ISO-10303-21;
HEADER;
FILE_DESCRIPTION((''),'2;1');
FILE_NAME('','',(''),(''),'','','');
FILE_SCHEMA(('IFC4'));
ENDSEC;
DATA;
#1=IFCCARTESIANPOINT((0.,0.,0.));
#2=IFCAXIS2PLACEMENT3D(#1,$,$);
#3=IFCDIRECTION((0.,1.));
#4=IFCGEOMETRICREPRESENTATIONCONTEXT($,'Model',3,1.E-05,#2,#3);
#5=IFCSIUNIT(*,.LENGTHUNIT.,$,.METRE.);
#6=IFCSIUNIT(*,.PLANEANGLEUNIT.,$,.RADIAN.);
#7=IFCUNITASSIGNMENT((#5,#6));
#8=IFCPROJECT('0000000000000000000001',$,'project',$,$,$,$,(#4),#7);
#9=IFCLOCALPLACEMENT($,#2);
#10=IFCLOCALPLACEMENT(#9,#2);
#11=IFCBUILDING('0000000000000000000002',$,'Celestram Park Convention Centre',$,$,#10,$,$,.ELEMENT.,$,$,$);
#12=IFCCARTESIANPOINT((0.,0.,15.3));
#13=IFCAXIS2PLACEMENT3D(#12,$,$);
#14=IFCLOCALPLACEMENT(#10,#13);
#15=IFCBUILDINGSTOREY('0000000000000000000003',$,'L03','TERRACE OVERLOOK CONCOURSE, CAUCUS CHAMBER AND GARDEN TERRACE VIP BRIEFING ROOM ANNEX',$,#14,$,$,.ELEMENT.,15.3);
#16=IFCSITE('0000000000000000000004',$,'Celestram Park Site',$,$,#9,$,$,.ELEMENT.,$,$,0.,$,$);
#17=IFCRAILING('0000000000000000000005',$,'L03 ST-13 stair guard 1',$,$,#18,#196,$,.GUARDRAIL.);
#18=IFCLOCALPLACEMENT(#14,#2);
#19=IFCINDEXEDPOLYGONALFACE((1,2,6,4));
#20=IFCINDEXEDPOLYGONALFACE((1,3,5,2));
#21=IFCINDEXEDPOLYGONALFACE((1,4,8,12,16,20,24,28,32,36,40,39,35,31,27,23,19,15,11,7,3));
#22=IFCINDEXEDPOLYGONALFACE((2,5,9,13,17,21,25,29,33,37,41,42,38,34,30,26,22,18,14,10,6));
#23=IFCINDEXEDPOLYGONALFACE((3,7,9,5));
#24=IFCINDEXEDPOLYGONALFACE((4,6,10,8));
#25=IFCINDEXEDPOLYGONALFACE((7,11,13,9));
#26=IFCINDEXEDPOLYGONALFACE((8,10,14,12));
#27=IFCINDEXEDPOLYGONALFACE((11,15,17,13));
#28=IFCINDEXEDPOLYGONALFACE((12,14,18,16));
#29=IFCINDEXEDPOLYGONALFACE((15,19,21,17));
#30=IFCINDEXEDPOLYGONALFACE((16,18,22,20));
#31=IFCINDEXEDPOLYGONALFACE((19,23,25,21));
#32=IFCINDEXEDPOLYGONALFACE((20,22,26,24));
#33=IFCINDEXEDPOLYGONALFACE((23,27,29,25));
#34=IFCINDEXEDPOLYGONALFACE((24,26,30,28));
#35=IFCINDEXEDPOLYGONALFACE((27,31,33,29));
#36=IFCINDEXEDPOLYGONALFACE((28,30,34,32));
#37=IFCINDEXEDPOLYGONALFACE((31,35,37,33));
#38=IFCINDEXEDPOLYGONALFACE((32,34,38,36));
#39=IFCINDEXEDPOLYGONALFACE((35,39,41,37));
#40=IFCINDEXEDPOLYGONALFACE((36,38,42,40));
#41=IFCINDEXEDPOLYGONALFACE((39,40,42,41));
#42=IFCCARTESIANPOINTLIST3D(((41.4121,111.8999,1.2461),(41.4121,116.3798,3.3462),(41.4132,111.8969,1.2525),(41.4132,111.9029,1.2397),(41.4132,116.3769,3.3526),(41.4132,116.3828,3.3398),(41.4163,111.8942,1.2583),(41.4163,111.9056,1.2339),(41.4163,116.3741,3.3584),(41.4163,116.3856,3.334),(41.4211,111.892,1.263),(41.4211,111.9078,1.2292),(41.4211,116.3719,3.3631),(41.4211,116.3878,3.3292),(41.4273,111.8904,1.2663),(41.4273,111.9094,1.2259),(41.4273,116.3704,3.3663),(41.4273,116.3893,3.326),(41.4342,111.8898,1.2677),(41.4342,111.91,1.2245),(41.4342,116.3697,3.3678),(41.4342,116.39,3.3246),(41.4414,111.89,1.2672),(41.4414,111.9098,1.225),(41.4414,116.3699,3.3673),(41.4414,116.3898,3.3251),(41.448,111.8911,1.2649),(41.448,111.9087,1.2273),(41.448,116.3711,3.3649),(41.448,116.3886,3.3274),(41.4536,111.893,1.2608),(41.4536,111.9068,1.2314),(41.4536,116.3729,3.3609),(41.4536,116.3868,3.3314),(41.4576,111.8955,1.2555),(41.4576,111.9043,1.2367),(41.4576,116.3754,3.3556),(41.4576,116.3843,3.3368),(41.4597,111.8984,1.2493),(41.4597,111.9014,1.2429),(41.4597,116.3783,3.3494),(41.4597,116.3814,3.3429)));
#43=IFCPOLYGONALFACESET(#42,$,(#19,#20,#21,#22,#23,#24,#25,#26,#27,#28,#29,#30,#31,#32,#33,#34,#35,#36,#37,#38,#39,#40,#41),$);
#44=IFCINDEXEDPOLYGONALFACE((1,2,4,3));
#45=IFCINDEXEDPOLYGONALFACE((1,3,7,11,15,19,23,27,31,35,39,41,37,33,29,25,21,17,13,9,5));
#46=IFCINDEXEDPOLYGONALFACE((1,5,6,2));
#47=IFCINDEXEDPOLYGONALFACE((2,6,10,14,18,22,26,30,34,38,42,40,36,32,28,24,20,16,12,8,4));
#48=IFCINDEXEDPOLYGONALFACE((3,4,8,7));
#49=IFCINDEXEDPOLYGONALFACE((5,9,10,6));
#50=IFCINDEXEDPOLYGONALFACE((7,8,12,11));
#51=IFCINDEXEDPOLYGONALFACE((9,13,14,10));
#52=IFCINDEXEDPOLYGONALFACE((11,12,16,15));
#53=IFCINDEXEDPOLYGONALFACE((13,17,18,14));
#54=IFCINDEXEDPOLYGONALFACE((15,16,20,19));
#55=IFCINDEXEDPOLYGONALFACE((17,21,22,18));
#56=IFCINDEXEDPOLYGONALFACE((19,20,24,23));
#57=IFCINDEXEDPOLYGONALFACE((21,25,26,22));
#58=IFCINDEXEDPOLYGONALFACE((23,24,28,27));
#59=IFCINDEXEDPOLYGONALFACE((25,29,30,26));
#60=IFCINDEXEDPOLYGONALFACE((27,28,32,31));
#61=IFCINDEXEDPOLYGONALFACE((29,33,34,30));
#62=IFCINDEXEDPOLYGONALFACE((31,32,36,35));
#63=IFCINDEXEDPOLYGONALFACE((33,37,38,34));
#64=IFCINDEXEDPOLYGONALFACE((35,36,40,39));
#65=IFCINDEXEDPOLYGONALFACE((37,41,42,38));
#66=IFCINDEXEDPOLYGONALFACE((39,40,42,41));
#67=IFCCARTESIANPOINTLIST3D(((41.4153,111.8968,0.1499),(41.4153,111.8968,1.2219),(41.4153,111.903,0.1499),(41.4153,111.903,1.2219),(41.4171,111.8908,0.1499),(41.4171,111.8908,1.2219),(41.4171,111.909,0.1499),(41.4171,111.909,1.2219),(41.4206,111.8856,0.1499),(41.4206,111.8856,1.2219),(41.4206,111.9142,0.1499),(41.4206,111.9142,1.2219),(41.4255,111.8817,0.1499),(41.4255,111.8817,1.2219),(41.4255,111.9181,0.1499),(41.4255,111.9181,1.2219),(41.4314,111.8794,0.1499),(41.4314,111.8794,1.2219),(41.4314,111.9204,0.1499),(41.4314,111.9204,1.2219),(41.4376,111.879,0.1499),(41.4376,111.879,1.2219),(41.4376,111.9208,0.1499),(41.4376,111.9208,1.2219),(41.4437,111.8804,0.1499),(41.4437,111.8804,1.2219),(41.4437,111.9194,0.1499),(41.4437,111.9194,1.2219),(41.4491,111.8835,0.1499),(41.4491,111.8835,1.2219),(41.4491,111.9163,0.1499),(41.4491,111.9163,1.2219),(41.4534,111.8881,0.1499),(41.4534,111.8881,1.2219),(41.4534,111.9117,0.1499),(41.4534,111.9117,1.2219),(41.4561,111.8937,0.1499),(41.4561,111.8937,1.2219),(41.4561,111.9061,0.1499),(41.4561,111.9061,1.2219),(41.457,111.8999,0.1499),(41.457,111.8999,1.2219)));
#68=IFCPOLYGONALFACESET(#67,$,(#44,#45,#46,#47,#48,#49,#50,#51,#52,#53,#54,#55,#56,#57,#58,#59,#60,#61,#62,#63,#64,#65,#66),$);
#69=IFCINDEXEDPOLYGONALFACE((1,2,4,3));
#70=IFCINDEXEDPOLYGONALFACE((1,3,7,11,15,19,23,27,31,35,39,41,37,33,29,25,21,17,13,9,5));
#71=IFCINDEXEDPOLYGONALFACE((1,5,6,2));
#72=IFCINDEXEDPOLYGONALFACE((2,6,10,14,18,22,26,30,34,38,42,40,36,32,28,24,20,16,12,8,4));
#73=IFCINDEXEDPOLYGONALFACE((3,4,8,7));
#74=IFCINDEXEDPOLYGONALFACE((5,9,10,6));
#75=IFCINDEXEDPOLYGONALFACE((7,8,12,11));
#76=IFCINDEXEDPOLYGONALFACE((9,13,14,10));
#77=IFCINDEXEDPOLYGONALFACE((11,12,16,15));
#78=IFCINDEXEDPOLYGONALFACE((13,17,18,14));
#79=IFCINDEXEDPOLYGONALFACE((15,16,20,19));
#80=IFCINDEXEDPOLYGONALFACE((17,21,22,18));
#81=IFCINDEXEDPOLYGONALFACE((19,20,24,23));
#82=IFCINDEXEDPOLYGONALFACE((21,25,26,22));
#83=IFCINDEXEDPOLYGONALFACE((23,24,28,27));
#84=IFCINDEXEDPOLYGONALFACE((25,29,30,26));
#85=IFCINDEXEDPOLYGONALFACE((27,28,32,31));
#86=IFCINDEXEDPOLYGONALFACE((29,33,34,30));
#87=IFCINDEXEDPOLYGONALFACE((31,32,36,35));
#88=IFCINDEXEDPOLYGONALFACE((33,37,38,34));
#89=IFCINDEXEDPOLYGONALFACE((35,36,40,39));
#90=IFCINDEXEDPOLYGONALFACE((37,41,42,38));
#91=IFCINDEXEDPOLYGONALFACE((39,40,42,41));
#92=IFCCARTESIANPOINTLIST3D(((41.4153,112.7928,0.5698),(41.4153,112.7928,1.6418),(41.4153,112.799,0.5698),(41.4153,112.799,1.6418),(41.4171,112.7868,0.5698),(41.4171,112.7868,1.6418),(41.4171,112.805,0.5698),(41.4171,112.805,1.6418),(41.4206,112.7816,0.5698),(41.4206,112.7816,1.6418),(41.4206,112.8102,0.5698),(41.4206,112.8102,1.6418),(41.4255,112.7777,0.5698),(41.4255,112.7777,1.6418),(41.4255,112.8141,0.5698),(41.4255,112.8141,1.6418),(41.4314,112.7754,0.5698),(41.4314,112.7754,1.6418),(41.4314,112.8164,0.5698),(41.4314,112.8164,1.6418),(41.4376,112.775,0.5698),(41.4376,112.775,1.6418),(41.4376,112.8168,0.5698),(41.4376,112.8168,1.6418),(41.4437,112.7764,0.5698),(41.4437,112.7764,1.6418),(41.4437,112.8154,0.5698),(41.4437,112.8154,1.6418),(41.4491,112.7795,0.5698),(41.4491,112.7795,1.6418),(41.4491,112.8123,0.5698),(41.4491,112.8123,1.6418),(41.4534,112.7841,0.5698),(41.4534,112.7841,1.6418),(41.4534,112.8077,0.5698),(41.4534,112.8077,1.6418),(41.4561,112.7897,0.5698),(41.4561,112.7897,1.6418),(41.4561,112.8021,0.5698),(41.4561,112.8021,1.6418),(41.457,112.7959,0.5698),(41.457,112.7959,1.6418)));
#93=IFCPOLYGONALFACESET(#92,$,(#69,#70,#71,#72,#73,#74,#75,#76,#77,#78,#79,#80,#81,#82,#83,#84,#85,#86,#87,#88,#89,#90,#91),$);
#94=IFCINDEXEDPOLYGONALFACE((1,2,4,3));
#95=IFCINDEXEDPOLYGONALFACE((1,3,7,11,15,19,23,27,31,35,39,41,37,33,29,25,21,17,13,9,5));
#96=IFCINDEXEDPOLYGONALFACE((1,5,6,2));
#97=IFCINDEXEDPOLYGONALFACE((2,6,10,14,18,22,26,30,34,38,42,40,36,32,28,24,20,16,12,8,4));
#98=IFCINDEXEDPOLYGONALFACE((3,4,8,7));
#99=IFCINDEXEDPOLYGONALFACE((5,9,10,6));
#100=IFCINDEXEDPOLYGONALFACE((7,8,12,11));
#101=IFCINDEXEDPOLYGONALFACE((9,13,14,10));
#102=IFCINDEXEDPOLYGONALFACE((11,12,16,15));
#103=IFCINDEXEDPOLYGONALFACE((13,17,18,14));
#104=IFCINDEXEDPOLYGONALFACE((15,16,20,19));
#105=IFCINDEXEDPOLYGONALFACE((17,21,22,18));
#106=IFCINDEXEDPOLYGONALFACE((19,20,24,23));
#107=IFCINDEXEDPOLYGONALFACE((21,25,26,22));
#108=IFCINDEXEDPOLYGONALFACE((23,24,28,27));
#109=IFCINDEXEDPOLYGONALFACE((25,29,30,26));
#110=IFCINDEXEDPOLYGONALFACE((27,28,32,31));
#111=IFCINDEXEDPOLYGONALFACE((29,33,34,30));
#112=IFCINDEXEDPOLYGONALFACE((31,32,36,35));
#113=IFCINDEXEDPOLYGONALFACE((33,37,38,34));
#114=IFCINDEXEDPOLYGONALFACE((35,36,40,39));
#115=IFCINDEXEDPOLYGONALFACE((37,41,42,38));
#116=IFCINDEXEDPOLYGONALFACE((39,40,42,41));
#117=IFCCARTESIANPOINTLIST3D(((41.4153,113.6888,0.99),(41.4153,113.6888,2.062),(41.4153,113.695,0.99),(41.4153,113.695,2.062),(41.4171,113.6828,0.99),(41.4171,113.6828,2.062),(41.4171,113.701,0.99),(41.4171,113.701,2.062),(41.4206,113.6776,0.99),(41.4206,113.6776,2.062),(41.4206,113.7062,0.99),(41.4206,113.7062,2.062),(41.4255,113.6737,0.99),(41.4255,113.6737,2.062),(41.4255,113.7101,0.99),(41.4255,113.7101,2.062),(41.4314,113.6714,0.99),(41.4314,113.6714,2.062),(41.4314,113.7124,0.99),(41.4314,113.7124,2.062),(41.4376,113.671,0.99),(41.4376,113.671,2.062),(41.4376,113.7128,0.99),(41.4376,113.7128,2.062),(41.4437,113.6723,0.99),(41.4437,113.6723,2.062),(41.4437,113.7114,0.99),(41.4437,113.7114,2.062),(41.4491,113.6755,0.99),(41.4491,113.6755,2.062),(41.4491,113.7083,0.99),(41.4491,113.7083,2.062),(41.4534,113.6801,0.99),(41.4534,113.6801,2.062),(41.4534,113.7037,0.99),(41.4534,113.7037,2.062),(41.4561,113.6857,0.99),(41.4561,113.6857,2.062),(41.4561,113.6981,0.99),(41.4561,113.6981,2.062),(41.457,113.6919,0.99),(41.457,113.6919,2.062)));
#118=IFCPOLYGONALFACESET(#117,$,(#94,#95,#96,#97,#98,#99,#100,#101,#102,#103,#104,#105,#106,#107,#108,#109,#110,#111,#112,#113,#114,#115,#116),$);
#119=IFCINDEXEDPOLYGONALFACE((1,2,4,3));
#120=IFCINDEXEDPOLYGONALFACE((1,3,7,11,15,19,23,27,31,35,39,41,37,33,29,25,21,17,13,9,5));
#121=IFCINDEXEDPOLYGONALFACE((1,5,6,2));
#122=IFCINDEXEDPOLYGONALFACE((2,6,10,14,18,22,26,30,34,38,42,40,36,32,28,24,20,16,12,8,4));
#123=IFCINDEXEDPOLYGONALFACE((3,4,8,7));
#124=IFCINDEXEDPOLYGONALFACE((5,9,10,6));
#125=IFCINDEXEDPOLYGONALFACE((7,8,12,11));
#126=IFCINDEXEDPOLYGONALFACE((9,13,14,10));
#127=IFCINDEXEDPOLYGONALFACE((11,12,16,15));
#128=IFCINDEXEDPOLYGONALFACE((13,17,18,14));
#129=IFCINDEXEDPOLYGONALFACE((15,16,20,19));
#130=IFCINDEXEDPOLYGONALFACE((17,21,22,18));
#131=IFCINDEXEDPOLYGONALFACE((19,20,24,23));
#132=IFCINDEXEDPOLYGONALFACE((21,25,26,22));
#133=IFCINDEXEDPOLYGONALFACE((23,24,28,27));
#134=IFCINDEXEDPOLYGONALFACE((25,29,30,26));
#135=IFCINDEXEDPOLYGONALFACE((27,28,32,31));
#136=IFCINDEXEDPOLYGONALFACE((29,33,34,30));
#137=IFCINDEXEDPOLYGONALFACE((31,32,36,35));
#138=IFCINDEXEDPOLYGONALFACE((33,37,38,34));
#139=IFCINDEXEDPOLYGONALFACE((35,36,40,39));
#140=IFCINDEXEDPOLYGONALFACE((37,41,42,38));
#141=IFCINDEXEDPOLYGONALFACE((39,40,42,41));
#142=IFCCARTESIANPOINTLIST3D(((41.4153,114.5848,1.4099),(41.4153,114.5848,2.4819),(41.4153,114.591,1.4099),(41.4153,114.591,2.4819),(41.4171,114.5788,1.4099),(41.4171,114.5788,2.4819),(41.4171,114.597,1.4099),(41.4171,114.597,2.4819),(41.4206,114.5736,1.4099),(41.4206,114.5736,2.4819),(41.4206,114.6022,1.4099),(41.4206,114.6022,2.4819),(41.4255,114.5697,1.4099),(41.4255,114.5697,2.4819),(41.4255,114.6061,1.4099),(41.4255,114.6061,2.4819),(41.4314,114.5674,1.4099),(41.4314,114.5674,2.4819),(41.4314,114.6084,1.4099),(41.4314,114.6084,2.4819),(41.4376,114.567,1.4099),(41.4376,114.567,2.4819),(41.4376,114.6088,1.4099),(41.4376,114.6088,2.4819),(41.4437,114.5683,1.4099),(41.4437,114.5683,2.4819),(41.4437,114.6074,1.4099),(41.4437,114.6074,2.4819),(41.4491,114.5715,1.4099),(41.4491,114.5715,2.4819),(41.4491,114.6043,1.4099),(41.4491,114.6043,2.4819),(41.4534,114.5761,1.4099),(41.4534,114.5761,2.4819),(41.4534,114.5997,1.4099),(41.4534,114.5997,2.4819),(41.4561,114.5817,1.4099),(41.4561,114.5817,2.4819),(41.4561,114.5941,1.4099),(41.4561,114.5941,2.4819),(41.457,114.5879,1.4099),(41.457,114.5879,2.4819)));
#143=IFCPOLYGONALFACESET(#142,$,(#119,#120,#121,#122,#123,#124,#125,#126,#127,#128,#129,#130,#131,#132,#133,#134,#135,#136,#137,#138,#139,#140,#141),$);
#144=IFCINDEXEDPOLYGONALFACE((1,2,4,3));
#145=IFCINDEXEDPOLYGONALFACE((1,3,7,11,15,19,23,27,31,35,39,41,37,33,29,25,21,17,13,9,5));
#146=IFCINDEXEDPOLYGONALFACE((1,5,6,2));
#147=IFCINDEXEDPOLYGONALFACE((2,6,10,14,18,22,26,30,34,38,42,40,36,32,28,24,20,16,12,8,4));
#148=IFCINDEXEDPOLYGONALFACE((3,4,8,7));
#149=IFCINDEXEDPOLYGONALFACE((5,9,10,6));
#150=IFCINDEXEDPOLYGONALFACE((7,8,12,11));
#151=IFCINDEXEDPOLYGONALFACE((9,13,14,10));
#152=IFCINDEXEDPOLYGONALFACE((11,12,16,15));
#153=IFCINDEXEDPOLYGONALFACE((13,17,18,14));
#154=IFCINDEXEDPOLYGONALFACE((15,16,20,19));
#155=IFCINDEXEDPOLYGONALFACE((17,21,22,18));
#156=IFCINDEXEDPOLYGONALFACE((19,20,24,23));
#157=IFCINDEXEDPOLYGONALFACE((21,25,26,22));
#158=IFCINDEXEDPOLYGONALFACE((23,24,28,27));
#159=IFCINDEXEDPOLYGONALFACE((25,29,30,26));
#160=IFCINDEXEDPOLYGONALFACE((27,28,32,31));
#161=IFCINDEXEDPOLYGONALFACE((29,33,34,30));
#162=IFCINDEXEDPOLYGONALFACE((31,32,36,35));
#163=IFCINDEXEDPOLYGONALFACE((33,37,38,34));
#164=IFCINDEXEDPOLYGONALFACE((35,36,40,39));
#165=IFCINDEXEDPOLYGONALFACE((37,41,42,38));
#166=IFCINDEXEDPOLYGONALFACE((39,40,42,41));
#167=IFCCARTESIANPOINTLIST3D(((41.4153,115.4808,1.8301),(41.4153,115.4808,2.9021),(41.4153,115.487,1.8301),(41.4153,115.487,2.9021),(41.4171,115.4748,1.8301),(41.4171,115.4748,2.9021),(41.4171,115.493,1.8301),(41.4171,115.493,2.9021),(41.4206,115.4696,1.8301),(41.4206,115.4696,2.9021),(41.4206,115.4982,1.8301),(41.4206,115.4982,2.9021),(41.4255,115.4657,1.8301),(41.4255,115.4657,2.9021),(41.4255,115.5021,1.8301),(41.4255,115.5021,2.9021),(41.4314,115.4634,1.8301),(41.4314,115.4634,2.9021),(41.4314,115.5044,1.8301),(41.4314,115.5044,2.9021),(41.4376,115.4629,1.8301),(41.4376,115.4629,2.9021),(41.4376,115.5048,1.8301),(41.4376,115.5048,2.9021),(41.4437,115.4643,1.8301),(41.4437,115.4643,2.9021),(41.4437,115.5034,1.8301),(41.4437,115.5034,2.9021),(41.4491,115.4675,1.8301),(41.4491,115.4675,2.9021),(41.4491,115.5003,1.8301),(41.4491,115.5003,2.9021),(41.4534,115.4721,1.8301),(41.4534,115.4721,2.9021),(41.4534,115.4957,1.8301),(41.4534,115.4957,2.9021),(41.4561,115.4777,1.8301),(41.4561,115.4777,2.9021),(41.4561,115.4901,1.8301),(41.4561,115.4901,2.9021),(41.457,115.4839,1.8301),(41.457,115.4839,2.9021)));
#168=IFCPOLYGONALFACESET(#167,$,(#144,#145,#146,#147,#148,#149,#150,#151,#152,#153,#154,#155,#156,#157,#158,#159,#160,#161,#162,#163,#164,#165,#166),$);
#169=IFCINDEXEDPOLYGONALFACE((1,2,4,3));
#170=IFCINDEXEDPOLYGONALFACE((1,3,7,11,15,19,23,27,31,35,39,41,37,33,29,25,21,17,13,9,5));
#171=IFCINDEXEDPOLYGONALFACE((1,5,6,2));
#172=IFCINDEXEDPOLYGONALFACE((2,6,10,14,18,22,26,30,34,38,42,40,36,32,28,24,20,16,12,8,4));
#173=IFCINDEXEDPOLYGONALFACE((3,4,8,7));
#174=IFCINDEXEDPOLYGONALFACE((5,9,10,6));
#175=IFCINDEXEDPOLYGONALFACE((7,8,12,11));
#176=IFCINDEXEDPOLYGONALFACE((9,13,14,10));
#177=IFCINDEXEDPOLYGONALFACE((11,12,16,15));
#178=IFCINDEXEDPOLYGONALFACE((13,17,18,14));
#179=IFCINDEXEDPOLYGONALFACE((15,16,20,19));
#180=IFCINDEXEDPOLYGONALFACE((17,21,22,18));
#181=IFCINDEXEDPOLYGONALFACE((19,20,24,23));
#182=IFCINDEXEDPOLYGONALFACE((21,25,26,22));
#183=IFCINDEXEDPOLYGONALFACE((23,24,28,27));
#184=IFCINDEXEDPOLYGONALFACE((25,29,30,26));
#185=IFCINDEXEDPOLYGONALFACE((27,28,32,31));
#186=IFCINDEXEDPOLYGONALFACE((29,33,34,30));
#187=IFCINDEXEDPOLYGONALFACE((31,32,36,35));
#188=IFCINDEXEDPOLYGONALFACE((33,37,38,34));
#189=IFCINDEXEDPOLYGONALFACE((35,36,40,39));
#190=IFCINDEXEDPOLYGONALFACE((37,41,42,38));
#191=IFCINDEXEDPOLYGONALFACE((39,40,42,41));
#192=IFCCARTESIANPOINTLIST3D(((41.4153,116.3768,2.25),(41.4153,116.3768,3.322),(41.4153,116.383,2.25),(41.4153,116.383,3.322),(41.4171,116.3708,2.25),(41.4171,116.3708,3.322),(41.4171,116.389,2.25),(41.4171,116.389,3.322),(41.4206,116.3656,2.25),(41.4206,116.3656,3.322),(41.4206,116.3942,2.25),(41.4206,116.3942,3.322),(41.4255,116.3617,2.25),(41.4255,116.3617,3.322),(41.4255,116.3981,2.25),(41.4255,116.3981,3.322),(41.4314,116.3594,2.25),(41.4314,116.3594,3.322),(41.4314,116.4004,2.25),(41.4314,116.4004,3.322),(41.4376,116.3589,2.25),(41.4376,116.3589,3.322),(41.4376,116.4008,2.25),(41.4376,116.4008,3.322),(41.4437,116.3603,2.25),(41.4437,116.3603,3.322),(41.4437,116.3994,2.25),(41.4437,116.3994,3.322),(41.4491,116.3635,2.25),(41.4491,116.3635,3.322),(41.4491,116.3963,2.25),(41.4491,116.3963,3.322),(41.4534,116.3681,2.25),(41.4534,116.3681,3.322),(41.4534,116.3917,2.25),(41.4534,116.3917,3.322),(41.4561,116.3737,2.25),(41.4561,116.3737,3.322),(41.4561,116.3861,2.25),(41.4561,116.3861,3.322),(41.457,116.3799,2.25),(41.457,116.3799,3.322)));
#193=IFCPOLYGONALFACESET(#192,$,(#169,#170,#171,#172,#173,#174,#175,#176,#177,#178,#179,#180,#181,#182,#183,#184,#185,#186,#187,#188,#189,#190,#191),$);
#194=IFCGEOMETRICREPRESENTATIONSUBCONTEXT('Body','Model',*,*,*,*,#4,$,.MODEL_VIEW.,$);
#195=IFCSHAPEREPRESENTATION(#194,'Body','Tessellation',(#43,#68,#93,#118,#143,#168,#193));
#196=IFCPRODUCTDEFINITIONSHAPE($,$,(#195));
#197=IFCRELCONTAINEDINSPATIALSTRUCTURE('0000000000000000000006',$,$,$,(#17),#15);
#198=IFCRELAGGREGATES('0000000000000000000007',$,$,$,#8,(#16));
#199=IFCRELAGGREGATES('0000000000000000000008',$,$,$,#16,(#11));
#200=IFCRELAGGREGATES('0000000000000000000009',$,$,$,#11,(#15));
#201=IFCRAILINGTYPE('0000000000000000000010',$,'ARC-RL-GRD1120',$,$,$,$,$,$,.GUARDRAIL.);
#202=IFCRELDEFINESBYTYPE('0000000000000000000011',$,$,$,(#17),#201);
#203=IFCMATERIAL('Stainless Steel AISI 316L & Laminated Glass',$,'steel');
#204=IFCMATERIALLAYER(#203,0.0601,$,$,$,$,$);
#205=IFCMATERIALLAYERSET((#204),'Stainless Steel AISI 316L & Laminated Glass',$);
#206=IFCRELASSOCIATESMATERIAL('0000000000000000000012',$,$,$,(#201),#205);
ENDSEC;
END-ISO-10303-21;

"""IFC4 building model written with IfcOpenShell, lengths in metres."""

from ifc_helpers import new_model, si_unit, direction, frame, origin, origin_2d, place, context, subcontext, project, spatial, circle, extrude, material, layer, layer_set, type_object, element, save


model = new_model("IFC4")

# Units and contexts
model_context = context("Model", 3, precision=1e-05, world=origin(), true_north=direction((0.0, 1.0)))
body_context = subcontext(model_context, "Body", "Model", "MODEL_VIEW")
ifc_project = project(units=[si_unit("LENGTHUNIT", "METRE"), si_unit("PLANEANGLEUNIT", "RADIAN")], contexts=[model_context])

# Site, building, storey
site_placement = place(None, origin())
site = spatial("IfcSite", under=ifc_project, at=site_placement, Name="Celestram Park Site", CompositionType="ELEMENT", RefElevation=0.0)
building_placement = place(site_placement, origin())
building = spatial("IfcBuilding", under=site, at=building_placement, Name="Celestram Park Convention Centre", CompositionType="ELEMENT")
storey_placement = place(building_placement, frame((0.0, 0.0, 15.3)))
storey = spatial("IfcBuildingStorey", under=building, at=storey_placement, Name="L03", Description="TERRACE OVERLOOK CONCOURSE, CAUCUS CHAMBER AND GARDEN TERRACE VIP BRIEFING ROOM ANNEX", CompositionType="ELEMENT", Elevation=15.3)

# Railing
ifc_material_1 = material(Name="Stainless Steel AISI 316L & Laminated Glass", Category="steel")
ifc_layer_1 = layer(ifc_material_1, 0.0601)
ifc_layer_set_1 = layer_set([ifc_layer_1], Name="Stainless Steel AISI 316L & Laminated Glass")
railing_type_1 = type_object("IfcRailingType", Name="ARC-RL-GRD1120", PredefinedType="GUARDRAIL", material=ifc_layer_set_1)
railing_1_placement = place(storey_placement, frame((41.436, 111.8999, 0.1499)))
element("IfcRailing", 1, at=railing_1_placement, inside=storey, type_object=railing_type_1, Name="L03 ST-13 stair guard 1", PredefinedType="GUARDRAIL", context=body_context, shape_type="SweptSolid", body=[
    extrude(circle(Radius=0.0239, at=origin_2d()), frame((0.0, 0.0, 1.0962), z_axis=(0.0, 0.905451, 0.424452), x_axis=(-1.0, 0.0, 0.0)), (0.0, 0.0, 1.0), 4.9478),
    extrude(circle(Radius=0.021, at=origin_2d()), origin(), (0.0, 0.0, 1.0), 1.072),
    extrude(circle(Radius=0.021, at=origin_2d()), frame((0.0, 0.896, 0.4199)), (0.0, 0.0, 1.0), 1.072),
    extrude(circle(Radius=0.021, at=origin_2d()), frame((0.0, 1.792, 0.8401)), (0.0, 0.0, 1.0), 1.072),
    extrude(circle(Radius=0.021, at=origin_2d()), frame((0.0, 2.688, 1.26)), (0.0, 0.0, 1.0), 1.072),
    extrude(circle(Radius=0.021, at=origin_2d()), frame((0.0, 3.584, 1.6802)), (0.0, 0.0, 1.0), 1.072),
    extrude(circle(Radius=0.021, at=origin_2d()), frame((0.0, 4.48, 2.1001)), (0.0, 0.0, 1.0), 1.072),
])

save(model, "model.ifc")
